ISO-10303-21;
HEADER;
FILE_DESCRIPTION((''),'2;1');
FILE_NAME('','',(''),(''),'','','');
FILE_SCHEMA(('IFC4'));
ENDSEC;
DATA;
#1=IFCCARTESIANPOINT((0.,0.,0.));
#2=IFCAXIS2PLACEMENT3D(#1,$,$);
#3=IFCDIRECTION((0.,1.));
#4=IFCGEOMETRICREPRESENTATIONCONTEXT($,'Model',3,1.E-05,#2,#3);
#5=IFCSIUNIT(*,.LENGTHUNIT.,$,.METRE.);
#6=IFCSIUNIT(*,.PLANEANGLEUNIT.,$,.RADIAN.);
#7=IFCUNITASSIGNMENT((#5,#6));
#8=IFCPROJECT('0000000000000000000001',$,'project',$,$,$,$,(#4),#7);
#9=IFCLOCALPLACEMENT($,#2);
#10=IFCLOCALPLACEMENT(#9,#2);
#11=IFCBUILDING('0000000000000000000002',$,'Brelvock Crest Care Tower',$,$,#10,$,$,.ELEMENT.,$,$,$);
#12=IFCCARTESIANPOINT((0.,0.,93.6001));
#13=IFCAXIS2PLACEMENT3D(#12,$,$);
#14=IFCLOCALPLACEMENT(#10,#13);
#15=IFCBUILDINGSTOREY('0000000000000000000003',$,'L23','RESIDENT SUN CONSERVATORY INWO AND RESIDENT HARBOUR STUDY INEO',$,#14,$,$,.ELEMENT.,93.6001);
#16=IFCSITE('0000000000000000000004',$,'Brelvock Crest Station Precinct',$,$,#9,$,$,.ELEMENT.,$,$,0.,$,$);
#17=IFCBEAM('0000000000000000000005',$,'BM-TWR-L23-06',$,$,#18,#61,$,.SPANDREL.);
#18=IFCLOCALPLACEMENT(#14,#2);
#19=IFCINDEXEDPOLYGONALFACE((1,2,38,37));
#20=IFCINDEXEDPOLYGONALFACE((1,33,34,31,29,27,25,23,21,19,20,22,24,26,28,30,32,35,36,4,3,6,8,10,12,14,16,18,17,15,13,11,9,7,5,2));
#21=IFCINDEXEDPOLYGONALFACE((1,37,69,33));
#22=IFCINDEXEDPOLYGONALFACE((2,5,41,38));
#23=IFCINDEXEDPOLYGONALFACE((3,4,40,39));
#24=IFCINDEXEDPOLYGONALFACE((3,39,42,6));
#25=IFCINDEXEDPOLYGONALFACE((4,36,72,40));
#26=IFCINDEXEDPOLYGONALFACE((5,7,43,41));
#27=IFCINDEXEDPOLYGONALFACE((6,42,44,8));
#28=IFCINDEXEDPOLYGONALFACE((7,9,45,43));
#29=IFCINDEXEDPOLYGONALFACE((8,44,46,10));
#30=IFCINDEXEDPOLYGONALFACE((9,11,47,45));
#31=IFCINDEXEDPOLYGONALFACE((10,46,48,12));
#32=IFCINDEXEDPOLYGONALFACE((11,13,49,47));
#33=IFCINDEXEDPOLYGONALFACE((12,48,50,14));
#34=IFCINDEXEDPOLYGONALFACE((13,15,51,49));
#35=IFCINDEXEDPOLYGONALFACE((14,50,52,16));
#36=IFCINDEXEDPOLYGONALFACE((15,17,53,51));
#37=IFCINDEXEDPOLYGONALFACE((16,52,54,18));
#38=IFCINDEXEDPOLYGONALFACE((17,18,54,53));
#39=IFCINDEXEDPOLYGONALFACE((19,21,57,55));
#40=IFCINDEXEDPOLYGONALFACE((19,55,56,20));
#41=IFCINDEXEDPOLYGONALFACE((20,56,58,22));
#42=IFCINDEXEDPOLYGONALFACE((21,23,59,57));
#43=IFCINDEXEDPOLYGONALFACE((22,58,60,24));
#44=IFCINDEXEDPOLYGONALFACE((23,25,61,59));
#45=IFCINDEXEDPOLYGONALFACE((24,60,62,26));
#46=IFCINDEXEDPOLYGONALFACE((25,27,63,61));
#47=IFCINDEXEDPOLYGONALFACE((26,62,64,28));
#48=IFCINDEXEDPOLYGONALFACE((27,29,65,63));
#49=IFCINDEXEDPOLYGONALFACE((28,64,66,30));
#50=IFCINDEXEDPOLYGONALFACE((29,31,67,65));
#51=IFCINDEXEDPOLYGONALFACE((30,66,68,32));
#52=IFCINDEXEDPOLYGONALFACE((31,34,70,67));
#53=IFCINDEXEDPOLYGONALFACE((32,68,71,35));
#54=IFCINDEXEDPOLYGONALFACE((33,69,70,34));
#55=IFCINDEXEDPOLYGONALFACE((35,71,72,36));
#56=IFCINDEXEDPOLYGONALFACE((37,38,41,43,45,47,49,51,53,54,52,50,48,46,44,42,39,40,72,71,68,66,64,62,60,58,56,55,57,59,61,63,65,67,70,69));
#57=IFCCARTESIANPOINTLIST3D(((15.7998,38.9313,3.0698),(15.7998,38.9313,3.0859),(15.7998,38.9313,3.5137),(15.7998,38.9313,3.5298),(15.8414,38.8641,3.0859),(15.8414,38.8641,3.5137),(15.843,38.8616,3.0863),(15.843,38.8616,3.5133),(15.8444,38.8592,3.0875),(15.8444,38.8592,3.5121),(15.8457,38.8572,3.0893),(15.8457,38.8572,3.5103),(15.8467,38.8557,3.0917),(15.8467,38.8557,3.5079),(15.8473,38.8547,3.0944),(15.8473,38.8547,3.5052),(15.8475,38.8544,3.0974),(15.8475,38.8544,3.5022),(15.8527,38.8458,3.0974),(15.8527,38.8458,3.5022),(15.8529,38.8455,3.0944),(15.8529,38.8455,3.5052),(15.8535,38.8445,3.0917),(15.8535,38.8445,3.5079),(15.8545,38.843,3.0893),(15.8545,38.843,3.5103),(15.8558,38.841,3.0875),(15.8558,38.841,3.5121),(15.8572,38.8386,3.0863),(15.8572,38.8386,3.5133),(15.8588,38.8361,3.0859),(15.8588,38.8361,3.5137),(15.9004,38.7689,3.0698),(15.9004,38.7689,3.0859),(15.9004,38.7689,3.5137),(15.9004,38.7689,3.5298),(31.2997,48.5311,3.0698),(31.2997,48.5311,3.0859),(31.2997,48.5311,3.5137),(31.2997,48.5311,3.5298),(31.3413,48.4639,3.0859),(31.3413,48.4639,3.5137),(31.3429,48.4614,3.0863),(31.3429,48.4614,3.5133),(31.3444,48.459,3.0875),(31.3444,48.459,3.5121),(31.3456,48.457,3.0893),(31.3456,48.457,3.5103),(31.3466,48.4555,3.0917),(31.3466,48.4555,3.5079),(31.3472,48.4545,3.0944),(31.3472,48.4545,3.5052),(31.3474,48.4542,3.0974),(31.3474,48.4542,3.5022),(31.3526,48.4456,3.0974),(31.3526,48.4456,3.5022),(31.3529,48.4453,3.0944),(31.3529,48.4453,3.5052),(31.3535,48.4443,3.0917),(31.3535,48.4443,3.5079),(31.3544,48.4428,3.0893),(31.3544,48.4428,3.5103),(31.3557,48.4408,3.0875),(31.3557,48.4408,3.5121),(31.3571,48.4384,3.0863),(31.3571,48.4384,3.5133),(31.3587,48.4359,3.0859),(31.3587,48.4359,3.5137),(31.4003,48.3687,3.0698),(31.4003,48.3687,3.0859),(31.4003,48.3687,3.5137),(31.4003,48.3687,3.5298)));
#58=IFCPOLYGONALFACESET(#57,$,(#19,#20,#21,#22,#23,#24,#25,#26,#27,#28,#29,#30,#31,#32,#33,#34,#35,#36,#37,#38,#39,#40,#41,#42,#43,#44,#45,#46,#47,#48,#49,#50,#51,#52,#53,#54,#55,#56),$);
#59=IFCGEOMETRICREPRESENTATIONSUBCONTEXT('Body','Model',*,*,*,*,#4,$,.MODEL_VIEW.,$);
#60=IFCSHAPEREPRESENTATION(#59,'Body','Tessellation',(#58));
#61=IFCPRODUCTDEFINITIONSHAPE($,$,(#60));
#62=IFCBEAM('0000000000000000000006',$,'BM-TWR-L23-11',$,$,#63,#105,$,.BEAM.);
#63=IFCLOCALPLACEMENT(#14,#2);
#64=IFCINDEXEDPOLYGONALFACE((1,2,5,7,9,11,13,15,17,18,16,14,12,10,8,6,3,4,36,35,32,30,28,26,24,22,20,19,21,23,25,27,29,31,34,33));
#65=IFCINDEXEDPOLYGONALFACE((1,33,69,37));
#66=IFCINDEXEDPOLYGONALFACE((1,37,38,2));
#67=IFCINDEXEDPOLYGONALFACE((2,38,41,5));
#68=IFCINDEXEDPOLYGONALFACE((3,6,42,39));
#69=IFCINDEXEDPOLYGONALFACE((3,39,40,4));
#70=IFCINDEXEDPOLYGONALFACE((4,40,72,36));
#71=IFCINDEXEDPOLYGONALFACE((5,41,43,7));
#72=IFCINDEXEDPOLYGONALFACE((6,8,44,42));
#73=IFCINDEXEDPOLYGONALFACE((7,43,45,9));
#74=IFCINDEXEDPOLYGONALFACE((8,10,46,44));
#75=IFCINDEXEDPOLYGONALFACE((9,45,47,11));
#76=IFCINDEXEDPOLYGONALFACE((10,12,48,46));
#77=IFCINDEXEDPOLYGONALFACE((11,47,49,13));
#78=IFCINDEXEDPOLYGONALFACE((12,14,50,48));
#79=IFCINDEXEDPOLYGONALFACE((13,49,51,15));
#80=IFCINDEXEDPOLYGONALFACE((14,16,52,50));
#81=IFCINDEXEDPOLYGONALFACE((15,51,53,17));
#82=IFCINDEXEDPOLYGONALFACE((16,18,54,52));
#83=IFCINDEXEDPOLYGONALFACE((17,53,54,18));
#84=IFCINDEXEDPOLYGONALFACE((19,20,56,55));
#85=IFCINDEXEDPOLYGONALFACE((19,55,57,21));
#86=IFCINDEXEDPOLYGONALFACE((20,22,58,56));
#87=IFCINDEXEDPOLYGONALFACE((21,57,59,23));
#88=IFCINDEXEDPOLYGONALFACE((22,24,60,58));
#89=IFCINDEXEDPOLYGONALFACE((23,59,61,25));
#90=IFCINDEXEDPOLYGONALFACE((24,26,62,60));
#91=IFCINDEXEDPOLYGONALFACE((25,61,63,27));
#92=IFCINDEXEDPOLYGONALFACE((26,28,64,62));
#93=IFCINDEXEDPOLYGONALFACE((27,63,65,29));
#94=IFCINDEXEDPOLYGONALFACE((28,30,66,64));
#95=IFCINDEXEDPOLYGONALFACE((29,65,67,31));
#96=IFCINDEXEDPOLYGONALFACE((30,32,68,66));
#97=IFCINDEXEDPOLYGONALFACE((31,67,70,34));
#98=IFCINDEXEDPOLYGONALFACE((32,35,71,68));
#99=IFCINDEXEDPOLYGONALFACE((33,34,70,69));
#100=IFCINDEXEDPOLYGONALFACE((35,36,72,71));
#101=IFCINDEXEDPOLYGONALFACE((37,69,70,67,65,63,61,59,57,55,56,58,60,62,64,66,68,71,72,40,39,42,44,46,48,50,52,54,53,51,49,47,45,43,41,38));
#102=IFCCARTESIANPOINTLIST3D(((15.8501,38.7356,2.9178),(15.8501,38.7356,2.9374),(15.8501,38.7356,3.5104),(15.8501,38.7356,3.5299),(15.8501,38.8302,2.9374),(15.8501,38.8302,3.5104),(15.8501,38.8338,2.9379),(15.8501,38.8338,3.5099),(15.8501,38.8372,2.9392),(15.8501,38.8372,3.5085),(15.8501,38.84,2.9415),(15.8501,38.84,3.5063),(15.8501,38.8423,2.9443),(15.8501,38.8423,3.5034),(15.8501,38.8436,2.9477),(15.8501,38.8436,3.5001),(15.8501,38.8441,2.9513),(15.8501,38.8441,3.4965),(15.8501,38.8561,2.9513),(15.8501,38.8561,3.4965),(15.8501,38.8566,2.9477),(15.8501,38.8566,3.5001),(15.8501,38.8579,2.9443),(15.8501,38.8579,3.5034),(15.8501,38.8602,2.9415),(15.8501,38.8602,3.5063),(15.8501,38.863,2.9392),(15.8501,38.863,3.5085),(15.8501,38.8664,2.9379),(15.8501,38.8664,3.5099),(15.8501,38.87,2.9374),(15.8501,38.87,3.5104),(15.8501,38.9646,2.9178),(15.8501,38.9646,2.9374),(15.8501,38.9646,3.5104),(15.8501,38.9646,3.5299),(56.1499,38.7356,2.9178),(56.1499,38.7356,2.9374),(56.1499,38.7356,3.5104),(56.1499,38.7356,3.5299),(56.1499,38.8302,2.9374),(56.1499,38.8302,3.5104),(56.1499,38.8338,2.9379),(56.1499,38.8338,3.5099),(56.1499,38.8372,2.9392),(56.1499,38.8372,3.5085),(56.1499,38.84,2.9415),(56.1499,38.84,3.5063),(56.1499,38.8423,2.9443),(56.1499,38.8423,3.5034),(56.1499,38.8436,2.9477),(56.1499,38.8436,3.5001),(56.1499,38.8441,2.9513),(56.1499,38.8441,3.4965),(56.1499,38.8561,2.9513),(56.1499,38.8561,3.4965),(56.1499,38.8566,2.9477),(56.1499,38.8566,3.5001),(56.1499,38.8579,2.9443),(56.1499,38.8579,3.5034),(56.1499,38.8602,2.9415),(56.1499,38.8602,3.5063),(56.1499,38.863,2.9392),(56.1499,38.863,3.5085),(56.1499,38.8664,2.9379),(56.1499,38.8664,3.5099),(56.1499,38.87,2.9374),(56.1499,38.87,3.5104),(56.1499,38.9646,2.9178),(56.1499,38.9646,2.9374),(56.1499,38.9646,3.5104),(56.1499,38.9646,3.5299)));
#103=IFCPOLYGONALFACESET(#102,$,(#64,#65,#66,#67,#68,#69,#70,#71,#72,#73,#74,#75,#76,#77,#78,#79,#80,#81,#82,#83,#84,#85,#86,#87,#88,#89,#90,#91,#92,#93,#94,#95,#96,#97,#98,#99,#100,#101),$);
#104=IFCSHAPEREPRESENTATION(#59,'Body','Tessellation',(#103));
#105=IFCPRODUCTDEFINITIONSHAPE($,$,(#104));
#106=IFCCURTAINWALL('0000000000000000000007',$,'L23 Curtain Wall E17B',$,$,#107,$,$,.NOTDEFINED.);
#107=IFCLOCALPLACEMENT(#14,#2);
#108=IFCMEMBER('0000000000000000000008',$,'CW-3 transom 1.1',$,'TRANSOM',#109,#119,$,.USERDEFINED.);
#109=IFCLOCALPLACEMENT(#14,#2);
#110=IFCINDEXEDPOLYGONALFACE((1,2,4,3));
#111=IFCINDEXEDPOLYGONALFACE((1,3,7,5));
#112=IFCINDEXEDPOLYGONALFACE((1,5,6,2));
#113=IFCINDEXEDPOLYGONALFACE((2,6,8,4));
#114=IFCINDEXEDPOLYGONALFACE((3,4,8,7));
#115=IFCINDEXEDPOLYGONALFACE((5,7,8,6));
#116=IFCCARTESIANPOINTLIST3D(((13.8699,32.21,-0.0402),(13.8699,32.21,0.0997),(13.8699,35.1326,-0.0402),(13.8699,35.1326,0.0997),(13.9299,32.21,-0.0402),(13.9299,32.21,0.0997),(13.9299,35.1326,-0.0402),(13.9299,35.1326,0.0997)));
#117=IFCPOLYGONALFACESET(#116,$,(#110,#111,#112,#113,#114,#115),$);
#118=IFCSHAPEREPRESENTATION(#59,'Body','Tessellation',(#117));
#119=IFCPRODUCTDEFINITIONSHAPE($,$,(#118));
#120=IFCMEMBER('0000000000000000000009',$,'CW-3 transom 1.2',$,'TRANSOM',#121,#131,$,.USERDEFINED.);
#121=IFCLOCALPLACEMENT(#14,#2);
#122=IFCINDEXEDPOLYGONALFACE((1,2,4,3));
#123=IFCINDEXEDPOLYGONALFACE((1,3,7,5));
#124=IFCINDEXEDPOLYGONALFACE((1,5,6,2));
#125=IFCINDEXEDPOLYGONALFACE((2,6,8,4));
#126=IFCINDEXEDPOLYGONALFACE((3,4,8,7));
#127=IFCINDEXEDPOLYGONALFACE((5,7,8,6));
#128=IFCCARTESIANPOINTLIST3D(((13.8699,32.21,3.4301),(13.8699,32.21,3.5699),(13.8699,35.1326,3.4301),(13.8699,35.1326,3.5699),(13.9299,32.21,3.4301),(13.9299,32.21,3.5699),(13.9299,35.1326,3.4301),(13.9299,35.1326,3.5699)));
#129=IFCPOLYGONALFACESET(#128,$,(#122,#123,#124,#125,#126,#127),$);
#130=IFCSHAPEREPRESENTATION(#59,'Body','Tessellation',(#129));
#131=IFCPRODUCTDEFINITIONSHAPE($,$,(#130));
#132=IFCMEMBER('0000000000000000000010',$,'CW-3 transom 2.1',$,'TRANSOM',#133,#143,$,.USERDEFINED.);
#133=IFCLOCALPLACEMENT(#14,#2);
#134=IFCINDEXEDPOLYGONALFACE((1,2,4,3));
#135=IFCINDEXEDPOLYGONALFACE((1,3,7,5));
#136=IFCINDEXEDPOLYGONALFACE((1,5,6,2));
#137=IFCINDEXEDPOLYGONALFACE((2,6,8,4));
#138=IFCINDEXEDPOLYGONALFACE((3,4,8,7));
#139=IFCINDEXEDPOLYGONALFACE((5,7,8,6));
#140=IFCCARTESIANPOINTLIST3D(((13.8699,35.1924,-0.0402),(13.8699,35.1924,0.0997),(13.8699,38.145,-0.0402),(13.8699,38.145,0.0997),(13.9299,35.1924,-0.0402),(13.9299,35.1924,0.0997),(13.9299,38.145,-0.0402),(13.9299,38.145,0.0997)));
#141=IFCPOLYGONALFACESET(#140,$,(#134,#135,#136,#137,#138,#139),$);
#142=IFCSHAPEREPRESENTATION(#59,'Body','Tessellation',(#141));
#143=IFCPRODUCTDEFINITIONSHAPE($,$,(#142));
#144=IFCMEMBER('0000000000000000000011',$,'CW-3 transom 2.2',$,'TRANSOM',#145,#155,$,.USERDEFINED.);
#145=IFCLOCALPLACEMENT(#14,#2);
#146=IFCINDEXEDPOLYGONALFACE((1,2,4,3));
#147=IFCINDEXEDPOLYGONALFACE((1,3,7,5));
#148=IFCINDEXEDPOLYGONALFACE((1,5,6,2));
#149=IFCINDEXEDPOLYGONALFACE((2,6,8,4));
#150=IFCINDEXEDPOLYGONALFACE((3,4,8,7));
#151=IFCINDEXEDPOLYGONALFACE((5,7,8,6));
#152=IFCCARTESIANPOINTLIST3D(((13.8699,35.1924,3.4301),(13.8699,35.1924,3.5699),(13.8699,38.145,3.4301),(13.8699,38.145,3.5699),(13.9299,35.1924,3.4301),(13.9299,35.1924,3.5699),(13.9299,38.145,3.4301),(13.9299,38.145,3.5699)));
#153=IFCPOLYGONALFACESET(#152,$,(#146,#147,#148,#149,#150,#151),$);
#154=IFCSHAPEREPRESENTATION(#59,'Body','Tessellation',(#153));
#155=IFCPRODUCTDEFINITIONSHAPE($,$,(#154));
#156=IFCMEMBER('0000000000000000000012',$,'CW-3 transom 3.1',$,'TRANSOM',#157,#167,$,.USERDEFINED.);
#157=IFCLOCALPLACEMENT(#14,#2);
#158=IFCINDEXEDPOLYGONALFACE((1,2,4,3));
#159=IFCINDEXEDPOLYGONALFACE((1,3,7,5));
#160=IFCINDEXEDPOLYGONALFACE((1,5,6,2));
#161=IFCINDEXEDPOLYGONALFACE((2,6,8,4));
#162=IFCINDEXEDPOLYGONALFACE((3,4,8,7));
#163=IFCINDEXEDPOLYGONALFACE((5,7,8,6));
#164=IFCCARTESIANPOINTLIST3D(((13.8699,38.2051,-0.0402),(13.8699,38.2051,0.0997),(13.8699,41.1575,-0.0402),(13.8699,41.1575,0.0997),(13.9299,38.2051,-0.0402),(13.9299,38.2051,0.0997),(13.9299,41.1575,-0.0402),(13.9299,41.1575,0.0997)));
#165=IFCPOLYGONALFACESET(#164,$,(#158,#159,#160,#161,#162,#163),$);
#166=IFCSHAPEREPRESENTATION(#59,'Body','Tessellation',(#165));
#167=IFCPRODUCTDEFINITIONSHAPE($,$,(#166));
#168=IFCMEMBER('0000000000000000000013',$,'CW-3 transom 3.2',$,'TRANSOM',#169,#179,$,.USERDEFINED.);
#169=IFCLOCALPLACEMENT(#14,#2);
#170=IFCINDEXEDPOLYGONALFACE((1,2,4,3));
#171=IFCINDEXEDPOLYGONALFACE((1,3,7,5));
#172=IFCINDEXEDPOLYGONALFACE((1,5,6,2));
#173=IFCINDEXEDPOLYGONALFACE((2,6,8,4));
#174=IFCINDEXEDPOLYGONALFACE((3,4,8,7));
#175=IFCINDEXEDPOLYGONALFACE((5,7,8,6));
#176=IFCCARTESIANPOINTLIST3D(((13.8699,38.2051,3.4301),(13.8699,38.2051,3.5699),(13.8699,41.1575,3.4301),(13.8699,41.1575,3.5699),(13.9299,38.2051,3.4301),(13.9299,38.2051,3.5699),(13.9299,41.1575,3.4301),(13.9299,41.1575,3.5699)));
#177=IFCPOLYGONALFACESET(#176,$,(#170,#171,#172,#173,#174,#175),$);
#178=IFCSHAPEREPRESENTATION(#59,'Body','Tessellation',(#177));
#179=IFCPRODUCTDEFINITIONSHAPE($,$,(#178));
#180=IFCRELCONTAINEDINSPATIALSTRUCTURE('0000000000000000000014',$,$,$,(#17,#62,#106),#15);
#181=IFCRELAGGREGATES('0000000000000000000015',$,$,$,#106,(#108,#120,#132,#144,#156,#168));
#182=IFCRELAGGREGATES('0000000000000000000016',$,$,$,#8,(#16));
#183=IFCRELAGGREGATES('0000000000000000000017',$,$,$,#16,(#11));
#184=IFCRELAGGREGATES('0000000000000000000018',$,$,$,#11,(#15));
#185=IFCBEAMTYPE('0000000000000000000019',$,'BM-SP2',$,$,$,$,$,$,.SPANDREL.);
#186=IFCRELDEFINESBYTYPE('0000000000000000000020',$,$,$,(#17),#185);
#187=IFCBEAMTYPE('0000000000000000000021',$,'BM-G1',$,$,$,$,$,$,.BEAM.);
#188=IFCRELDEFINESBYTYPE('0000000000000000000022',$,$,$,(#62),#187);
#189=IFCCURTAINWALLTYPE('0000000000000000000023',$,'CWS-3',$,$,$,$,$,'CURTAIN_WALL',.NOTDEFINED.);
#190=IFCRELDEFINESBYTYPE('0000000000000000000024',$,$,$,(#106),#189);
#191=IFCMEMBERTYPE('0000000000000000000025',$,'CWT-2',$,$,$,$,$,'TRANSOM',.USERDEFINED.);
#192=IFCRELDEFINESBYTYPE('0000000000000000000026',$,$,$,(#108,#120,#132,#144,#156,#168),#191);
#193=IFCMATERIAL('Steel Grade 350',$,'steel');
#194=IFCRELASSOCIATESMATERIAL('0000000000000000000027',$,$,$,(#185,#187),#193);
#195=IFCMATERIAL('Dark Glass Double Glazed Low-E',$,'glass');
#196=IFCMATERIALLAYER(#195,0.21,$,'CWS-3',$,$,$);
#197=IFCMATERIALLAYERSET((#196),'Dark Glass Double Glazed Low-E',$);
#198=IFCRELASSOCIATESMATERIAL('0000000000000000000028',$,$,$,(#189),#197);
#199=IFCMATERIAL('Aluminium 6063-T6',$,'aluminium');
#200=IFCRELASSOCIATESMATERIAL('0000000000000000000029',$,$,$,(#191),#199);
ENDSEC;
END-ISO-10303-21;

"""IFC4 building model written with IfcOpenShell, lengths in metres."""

from ifc_helpers import new_model, si_unit, direction, frame, origin, origin_2d, place, context, subcontext, project, spatial, rectangle, i_section, extrude, source, transform, mapped, material, layer, layer_set, material_profile, profile_set, type_object, element, aggregate, save


model = new_model("IFC4")

# Units and contexts
model_context = context("Model", 3, precision=1e-05, world=origin(), true_north=direction((0.0, 1.0)))
body_context = subcontext(model_context, "Body", "Model", "MODEL_VIEW")
ifc_project = project(units=[si_unit("LENGTHUNIT", "METRE"), si_unit("PLANEANGLEUNIT", "RADIAN")], contexts=[model_context])

# Site, building, storey
site_placement = place(None, origin())
site = spatial("IfcSite", under=ifc_project, at=site_placement, Name="Brelvock Crest Station Precinct", CompositionType="ELEMENT", RefElevation=0.0)
building_placement = place(site_placement, origin())
building = spatial("IfcBuilding", under=site, at=building_placement, Name="Brelvock Crest Care Tower", CompositionType="ELEMENT")
storey_placement = place(building_placement, frame((0.0, 0.0, 93.6001)))
storey = spatial("IfcBuildingStorey", under=building, at=storey_placement, Name="L23", Description="RESIDENT SUN CONSERVATORY INWO AND RESIDENT HARBOUR STUDY INEO", CompositionType="ELEMENT", Elevation=93.6001)

# Shared definitions
ifc_material_1 = material(Name="Steel Grade 350", Category="steel")

# Beams
ifc_material_profile_1 = material_profile(ifc_material_1, i_section(OverallWidth=0.1909, OverallDepth=0.46, WebThickness=0.01, FlangeThickness=0.0161, FilletRadius=0.0115, at=origin_2d()), Name="460UB82.1")
ifc_profile_set_1 = profile_set([ifc_material_profile_1], Name="Steel Grade 350")
beam_type_1 = type_object("IfcBeamType", Name="BM-SP2", PredefinedType="SPANDREL", material=ifc_profile_set_1)
shared_shape_1 = source(origin(), body_context, "Body", "SweptSolid", [
    extrude(i_section(OverallWidth=0.1909, OverallDepth=0.46, WebThickness=0.01, FlangeThickness=0.0161, FilletRadius=0.0115, at=origin_2d()), origin(), (0.0, 0.0, 1.0), 18.2319),
])
beam_1_placement = place(storey_placement, frame((15.8501, 38.8501, 3.2998), z_axis=(0.850152, 0.526538, 0.0), x_axis=(-0.526538, 0.850152, 0.0)))
element("IfcBeam", 1, at=beam_1_placement, inside=storey, type_object=beam_type_1, Name="BM-TWR-L23-06", PredefinedType="SPANDREL", context=body_context, shape_type="MappedRepresentation", body=[
    mapped(shared_shape_1, transform((0.0, 0.0, 0.0), x_axis=(1.0, 0.0, 0.0), y_axis=(0.0, 1.0, 0.0), z_axis=(0.0, 0.0, 1.0), scale=1.0)),
])
ifc_material_profile_2 = material_profile(ifc_material_1, i_section(OverallWidth=0.229, OverallDepth=0.6121, WebThickness=0.012, FlangeThickness=0.0195, FilletRadius=0.0139, at=origin_2d()), Name="610UB125")
ifc_profile_set_2 = profile_set([ifc_material_profile_2], Name="Steel Grade 350")
beam_type_2 = type_object("IfcBeamType", Name="BM-G1", PredefinedType="BEAM", material=ifc_profile_set_2)
shared_shape_2 = source(origin(), body_context, "Body", "SweptSolid", [
    extrude(i_section(OverallWidth=0.229, OverallDepth=0.6121, WebThickness=0.012, FlangeThickness=0.0195, FilletRadius=0.0139, at=origin_2d()), origin(), (0.0, 0.0, 1.0), 40.2998),
])
beam_2_placement = place(storey_placement, frame((15.8501, 38.8501, 3.2239), z_axis=(1.0, 0.0, 0.0), x_axis=(0.0, 1.0, 0.0)))
element("IfcBeam", 2, at=beam_2_placement, inside=storey, type_object=beam_type_2, Name="BM-TWR-L23-11", PredefinedType="BEAM", context=body_context, shape_type="MappedRepresentation", body=[
    mapped(shared_shape_2, transform((0.0, 0.0, 0.0), x_axis=(1.0, 0.0, 0.0), y_axis=(0.0, 1.0, 0.0), z_axis=(0.0, 0.0, 1.0), scale=1.0)),
])

# Curtain wall, members
ifc_material_2 = material(Name="Dark Glass Double Glazed Low-E", Category="glass")
ifc_layer_1 = layer(ifc_material_2, 0.21, Name="CWS-3")
ifc_layer_set_1 = layer_set([ifc_layer_1], Name="Dark Glass Double Glazed Low-E")
curtain_wall_type = type_object("IfcCurtainWallType", Name="CWS-3", ElementType="CURTAIN_WALL", PredefinedType="NOTDEFINED", material=ifc_layer_set_1)
curtain_wall_placement = place(storey_placement, origin())
curtain_wall = element("IfcCurtainWall", 3, at=curtain_wall_placement, inside=storey, type_object=curtain_wall_type, Name="L23 Curtain Wall E17B", PredefinedType="NOTDEFINED")
ifc_material_3 = material(Name="Aluminium 6063-T6", Category="aluminium")
ifc_material_profile_3 = material_profile(ifc_material_3, rectangle(XDim=0.0601, YDim=0.1399, at=origin_2d()), Name="ALU60x140")
ifc_profile_set_3 = profile_set([ifc_material_profile_3], Name="Aluminium 6063-T6")
member_type_1 = type_object("IfcMemberType", Name="CWT-2", ElementType="TRANSOM", PredefinedType="USERDEFINED", material=ifc_profile_set_3)
shared_shape_3 = source(origin(), body_context, "Body", "SweptSolid", [
    extrude(rectangle(XDim=0.0601, YDim=0.1399, at=origin_2d()), origin(), (0.0, 0.0, 1.0), 2.9226),
])
member_1_placement = place(storey_placement, frame((13.8999, 32.21, 0.0298), z_axis=(0.0, 1.0, 0.0), x_axis=(-1.0, 0.0, 0.0)))
member_1 = element("IfcMember", 4, at=member_1_placement, type_object=member_type_1, Name="CW-3 transom 1.1", ObjectType="TRANSOM", PredefinedType="USERDEFINED", context=body_context, shape_type="MappedRepresentation", body=[
    mapped(shared_shape_3, transform((0.0, 0.0, 0.0), x_axis=(1.0, 0.0, 0.0), y_axis=(0.0, 1.0, 0.0), z_axis=(0.0, 0.0, 1.0), scale=1.0)),
])
member_2_placement = place(storey_placement, frame((13.8999, 32.21, 3.5), z_axis=(0.0, 1.0, 0.0), x_axis=(-1.0, 0.0, 0.0)))
member_2 = element("IfcMember", 5, at=member_2_placement, type_object=member_type_1, Name="CW-3 transom 1.2", ObjectType="TRANSOM", PredefinedType="USERDEFINED", context=body_context, shape_type="MappedRepresentation", body=[
    mapped(shared_shape_3, transform((0.0, 0.0, 0.0), x_axis=(1.0, 0.0, 0.0), y_axis=(0.0, 1.0, 0.0), z_axis=(0.0, 0.0, 1.0), scale=1.0)),
])
shared_shape_4 = source(origin(), body_context, "Body", "SweptSolid", [
    extrude(rectangle(XDim=0.0601, YDim=0.1399, at=origin_2d()), origin(), (0.0, 0.0, 1.0), 2.9526),
])
member_3_placement = place(storey_placement, frame((13.8999, 35.1924, 0.0298), z_axis=(0.0, 1.0, 0.0), x_axis=(-1.0, 0.0, 0.0)))
member_3 = element("IfcMember", 6, at=member_3_placement, type_object=member_type_1, Name="CW-3 transom 2.1", ObjectType="TRANSOM", PredefinedType="USERDEFINED", context=body_context, shape_type="MappedRepresentation", body=[
    mapped(shared_shape_4, transform((0.0, 0.0, 0.0), x_axis=(1.0, 0.0, 0.0), y_axis=(0.0, 1.0, 0.0), z_axis=(0.0, 0.0, 1.0), scale=1.0)),
])
member_4_placement = place(storey_placement, frame((13.8999, 35.1924, 3.5), z_axis=(0.0, 1.0, 0.0), x_axis=(-1.0, 0.0, 0.0)))
member_4 = element("IfcMember", 7, at=member_4_placement, type_object=member_type_1, Name="CW-3 transom 2.2", ObjectType="TRANSOM", PredefinedType="USERDEFINED", context=body_context, shape_type="MappedRepresentation", body=[
    mapped(shared_shape_4, transform((0.0, 0.0, 0.0), x_axis=(1.0, 0.0, 0.0), y_axis=(0.0, 1.0, 0.0), z_axis=(0.0, 0.0, 1.0), scale=1.0)),
])
shared_shape_5 = source(origin(), body_context, "Body", "SweptSolid", [
    extrude(rectangle(XDim=0.0601, YDim=0.1399, at=origin_2d()), origin(), (0.0, 0.0, 1.0), 2.9524),
])
member_5_placement = place(storey_placement, frame((13.8999, 38.2051, 0.0298), z_axis=(0.0, 1.0, 0.0), x_axis=(-1.0, 0.0, 0.0)))
member_5 = element("IfcMember", 8, at=member_5_placement, type_object=member_type_1, Name="CW-3 transom 3.1", ObjectType="TRANSOM", PredefinedType="USERDEFINED", context=body_context, shape_type="MappedRepresentation", body=[
    mapped(shared_shape_5, transform((0.0, 0.0, 0.0), x_axis=(1.0, 0.0, 0.0), y_axis=(0.0, 1.0, 0.0), z_axis=(0.0, 0.0, 1.0), scale=1.0)),
])
member_6_placement = place(storey_placement, frame((13.8999, 38.2051, 3.5), z_axis=(0.0, 1.0, 0.0), x_axis=(-1.0, 0.0, 0.0)))
member_6 = element("IfcMember", 9, at=member_6_placement, type_object=member_type_1, Name="CW-3 transom 3.2", ObjectType="TRANSOM", PredefinedType="USERDEFINED", context=body_context, shape_type="MappedRepresentation", body=[
    mapped(shared_shape_5, transform((0.0, 0.0, 0.0), x_axis=(1.0, 0.0, 0.0), y_axis=(0.0, 1.0, 0.0), z_axis=(0.0, 0.0, 1.0), scale=1.0)),
])
aggregate(curtain_wall, [member_1, member_2, member_3, member_4, member_5, member_6])

save(model, "model.ifc")
